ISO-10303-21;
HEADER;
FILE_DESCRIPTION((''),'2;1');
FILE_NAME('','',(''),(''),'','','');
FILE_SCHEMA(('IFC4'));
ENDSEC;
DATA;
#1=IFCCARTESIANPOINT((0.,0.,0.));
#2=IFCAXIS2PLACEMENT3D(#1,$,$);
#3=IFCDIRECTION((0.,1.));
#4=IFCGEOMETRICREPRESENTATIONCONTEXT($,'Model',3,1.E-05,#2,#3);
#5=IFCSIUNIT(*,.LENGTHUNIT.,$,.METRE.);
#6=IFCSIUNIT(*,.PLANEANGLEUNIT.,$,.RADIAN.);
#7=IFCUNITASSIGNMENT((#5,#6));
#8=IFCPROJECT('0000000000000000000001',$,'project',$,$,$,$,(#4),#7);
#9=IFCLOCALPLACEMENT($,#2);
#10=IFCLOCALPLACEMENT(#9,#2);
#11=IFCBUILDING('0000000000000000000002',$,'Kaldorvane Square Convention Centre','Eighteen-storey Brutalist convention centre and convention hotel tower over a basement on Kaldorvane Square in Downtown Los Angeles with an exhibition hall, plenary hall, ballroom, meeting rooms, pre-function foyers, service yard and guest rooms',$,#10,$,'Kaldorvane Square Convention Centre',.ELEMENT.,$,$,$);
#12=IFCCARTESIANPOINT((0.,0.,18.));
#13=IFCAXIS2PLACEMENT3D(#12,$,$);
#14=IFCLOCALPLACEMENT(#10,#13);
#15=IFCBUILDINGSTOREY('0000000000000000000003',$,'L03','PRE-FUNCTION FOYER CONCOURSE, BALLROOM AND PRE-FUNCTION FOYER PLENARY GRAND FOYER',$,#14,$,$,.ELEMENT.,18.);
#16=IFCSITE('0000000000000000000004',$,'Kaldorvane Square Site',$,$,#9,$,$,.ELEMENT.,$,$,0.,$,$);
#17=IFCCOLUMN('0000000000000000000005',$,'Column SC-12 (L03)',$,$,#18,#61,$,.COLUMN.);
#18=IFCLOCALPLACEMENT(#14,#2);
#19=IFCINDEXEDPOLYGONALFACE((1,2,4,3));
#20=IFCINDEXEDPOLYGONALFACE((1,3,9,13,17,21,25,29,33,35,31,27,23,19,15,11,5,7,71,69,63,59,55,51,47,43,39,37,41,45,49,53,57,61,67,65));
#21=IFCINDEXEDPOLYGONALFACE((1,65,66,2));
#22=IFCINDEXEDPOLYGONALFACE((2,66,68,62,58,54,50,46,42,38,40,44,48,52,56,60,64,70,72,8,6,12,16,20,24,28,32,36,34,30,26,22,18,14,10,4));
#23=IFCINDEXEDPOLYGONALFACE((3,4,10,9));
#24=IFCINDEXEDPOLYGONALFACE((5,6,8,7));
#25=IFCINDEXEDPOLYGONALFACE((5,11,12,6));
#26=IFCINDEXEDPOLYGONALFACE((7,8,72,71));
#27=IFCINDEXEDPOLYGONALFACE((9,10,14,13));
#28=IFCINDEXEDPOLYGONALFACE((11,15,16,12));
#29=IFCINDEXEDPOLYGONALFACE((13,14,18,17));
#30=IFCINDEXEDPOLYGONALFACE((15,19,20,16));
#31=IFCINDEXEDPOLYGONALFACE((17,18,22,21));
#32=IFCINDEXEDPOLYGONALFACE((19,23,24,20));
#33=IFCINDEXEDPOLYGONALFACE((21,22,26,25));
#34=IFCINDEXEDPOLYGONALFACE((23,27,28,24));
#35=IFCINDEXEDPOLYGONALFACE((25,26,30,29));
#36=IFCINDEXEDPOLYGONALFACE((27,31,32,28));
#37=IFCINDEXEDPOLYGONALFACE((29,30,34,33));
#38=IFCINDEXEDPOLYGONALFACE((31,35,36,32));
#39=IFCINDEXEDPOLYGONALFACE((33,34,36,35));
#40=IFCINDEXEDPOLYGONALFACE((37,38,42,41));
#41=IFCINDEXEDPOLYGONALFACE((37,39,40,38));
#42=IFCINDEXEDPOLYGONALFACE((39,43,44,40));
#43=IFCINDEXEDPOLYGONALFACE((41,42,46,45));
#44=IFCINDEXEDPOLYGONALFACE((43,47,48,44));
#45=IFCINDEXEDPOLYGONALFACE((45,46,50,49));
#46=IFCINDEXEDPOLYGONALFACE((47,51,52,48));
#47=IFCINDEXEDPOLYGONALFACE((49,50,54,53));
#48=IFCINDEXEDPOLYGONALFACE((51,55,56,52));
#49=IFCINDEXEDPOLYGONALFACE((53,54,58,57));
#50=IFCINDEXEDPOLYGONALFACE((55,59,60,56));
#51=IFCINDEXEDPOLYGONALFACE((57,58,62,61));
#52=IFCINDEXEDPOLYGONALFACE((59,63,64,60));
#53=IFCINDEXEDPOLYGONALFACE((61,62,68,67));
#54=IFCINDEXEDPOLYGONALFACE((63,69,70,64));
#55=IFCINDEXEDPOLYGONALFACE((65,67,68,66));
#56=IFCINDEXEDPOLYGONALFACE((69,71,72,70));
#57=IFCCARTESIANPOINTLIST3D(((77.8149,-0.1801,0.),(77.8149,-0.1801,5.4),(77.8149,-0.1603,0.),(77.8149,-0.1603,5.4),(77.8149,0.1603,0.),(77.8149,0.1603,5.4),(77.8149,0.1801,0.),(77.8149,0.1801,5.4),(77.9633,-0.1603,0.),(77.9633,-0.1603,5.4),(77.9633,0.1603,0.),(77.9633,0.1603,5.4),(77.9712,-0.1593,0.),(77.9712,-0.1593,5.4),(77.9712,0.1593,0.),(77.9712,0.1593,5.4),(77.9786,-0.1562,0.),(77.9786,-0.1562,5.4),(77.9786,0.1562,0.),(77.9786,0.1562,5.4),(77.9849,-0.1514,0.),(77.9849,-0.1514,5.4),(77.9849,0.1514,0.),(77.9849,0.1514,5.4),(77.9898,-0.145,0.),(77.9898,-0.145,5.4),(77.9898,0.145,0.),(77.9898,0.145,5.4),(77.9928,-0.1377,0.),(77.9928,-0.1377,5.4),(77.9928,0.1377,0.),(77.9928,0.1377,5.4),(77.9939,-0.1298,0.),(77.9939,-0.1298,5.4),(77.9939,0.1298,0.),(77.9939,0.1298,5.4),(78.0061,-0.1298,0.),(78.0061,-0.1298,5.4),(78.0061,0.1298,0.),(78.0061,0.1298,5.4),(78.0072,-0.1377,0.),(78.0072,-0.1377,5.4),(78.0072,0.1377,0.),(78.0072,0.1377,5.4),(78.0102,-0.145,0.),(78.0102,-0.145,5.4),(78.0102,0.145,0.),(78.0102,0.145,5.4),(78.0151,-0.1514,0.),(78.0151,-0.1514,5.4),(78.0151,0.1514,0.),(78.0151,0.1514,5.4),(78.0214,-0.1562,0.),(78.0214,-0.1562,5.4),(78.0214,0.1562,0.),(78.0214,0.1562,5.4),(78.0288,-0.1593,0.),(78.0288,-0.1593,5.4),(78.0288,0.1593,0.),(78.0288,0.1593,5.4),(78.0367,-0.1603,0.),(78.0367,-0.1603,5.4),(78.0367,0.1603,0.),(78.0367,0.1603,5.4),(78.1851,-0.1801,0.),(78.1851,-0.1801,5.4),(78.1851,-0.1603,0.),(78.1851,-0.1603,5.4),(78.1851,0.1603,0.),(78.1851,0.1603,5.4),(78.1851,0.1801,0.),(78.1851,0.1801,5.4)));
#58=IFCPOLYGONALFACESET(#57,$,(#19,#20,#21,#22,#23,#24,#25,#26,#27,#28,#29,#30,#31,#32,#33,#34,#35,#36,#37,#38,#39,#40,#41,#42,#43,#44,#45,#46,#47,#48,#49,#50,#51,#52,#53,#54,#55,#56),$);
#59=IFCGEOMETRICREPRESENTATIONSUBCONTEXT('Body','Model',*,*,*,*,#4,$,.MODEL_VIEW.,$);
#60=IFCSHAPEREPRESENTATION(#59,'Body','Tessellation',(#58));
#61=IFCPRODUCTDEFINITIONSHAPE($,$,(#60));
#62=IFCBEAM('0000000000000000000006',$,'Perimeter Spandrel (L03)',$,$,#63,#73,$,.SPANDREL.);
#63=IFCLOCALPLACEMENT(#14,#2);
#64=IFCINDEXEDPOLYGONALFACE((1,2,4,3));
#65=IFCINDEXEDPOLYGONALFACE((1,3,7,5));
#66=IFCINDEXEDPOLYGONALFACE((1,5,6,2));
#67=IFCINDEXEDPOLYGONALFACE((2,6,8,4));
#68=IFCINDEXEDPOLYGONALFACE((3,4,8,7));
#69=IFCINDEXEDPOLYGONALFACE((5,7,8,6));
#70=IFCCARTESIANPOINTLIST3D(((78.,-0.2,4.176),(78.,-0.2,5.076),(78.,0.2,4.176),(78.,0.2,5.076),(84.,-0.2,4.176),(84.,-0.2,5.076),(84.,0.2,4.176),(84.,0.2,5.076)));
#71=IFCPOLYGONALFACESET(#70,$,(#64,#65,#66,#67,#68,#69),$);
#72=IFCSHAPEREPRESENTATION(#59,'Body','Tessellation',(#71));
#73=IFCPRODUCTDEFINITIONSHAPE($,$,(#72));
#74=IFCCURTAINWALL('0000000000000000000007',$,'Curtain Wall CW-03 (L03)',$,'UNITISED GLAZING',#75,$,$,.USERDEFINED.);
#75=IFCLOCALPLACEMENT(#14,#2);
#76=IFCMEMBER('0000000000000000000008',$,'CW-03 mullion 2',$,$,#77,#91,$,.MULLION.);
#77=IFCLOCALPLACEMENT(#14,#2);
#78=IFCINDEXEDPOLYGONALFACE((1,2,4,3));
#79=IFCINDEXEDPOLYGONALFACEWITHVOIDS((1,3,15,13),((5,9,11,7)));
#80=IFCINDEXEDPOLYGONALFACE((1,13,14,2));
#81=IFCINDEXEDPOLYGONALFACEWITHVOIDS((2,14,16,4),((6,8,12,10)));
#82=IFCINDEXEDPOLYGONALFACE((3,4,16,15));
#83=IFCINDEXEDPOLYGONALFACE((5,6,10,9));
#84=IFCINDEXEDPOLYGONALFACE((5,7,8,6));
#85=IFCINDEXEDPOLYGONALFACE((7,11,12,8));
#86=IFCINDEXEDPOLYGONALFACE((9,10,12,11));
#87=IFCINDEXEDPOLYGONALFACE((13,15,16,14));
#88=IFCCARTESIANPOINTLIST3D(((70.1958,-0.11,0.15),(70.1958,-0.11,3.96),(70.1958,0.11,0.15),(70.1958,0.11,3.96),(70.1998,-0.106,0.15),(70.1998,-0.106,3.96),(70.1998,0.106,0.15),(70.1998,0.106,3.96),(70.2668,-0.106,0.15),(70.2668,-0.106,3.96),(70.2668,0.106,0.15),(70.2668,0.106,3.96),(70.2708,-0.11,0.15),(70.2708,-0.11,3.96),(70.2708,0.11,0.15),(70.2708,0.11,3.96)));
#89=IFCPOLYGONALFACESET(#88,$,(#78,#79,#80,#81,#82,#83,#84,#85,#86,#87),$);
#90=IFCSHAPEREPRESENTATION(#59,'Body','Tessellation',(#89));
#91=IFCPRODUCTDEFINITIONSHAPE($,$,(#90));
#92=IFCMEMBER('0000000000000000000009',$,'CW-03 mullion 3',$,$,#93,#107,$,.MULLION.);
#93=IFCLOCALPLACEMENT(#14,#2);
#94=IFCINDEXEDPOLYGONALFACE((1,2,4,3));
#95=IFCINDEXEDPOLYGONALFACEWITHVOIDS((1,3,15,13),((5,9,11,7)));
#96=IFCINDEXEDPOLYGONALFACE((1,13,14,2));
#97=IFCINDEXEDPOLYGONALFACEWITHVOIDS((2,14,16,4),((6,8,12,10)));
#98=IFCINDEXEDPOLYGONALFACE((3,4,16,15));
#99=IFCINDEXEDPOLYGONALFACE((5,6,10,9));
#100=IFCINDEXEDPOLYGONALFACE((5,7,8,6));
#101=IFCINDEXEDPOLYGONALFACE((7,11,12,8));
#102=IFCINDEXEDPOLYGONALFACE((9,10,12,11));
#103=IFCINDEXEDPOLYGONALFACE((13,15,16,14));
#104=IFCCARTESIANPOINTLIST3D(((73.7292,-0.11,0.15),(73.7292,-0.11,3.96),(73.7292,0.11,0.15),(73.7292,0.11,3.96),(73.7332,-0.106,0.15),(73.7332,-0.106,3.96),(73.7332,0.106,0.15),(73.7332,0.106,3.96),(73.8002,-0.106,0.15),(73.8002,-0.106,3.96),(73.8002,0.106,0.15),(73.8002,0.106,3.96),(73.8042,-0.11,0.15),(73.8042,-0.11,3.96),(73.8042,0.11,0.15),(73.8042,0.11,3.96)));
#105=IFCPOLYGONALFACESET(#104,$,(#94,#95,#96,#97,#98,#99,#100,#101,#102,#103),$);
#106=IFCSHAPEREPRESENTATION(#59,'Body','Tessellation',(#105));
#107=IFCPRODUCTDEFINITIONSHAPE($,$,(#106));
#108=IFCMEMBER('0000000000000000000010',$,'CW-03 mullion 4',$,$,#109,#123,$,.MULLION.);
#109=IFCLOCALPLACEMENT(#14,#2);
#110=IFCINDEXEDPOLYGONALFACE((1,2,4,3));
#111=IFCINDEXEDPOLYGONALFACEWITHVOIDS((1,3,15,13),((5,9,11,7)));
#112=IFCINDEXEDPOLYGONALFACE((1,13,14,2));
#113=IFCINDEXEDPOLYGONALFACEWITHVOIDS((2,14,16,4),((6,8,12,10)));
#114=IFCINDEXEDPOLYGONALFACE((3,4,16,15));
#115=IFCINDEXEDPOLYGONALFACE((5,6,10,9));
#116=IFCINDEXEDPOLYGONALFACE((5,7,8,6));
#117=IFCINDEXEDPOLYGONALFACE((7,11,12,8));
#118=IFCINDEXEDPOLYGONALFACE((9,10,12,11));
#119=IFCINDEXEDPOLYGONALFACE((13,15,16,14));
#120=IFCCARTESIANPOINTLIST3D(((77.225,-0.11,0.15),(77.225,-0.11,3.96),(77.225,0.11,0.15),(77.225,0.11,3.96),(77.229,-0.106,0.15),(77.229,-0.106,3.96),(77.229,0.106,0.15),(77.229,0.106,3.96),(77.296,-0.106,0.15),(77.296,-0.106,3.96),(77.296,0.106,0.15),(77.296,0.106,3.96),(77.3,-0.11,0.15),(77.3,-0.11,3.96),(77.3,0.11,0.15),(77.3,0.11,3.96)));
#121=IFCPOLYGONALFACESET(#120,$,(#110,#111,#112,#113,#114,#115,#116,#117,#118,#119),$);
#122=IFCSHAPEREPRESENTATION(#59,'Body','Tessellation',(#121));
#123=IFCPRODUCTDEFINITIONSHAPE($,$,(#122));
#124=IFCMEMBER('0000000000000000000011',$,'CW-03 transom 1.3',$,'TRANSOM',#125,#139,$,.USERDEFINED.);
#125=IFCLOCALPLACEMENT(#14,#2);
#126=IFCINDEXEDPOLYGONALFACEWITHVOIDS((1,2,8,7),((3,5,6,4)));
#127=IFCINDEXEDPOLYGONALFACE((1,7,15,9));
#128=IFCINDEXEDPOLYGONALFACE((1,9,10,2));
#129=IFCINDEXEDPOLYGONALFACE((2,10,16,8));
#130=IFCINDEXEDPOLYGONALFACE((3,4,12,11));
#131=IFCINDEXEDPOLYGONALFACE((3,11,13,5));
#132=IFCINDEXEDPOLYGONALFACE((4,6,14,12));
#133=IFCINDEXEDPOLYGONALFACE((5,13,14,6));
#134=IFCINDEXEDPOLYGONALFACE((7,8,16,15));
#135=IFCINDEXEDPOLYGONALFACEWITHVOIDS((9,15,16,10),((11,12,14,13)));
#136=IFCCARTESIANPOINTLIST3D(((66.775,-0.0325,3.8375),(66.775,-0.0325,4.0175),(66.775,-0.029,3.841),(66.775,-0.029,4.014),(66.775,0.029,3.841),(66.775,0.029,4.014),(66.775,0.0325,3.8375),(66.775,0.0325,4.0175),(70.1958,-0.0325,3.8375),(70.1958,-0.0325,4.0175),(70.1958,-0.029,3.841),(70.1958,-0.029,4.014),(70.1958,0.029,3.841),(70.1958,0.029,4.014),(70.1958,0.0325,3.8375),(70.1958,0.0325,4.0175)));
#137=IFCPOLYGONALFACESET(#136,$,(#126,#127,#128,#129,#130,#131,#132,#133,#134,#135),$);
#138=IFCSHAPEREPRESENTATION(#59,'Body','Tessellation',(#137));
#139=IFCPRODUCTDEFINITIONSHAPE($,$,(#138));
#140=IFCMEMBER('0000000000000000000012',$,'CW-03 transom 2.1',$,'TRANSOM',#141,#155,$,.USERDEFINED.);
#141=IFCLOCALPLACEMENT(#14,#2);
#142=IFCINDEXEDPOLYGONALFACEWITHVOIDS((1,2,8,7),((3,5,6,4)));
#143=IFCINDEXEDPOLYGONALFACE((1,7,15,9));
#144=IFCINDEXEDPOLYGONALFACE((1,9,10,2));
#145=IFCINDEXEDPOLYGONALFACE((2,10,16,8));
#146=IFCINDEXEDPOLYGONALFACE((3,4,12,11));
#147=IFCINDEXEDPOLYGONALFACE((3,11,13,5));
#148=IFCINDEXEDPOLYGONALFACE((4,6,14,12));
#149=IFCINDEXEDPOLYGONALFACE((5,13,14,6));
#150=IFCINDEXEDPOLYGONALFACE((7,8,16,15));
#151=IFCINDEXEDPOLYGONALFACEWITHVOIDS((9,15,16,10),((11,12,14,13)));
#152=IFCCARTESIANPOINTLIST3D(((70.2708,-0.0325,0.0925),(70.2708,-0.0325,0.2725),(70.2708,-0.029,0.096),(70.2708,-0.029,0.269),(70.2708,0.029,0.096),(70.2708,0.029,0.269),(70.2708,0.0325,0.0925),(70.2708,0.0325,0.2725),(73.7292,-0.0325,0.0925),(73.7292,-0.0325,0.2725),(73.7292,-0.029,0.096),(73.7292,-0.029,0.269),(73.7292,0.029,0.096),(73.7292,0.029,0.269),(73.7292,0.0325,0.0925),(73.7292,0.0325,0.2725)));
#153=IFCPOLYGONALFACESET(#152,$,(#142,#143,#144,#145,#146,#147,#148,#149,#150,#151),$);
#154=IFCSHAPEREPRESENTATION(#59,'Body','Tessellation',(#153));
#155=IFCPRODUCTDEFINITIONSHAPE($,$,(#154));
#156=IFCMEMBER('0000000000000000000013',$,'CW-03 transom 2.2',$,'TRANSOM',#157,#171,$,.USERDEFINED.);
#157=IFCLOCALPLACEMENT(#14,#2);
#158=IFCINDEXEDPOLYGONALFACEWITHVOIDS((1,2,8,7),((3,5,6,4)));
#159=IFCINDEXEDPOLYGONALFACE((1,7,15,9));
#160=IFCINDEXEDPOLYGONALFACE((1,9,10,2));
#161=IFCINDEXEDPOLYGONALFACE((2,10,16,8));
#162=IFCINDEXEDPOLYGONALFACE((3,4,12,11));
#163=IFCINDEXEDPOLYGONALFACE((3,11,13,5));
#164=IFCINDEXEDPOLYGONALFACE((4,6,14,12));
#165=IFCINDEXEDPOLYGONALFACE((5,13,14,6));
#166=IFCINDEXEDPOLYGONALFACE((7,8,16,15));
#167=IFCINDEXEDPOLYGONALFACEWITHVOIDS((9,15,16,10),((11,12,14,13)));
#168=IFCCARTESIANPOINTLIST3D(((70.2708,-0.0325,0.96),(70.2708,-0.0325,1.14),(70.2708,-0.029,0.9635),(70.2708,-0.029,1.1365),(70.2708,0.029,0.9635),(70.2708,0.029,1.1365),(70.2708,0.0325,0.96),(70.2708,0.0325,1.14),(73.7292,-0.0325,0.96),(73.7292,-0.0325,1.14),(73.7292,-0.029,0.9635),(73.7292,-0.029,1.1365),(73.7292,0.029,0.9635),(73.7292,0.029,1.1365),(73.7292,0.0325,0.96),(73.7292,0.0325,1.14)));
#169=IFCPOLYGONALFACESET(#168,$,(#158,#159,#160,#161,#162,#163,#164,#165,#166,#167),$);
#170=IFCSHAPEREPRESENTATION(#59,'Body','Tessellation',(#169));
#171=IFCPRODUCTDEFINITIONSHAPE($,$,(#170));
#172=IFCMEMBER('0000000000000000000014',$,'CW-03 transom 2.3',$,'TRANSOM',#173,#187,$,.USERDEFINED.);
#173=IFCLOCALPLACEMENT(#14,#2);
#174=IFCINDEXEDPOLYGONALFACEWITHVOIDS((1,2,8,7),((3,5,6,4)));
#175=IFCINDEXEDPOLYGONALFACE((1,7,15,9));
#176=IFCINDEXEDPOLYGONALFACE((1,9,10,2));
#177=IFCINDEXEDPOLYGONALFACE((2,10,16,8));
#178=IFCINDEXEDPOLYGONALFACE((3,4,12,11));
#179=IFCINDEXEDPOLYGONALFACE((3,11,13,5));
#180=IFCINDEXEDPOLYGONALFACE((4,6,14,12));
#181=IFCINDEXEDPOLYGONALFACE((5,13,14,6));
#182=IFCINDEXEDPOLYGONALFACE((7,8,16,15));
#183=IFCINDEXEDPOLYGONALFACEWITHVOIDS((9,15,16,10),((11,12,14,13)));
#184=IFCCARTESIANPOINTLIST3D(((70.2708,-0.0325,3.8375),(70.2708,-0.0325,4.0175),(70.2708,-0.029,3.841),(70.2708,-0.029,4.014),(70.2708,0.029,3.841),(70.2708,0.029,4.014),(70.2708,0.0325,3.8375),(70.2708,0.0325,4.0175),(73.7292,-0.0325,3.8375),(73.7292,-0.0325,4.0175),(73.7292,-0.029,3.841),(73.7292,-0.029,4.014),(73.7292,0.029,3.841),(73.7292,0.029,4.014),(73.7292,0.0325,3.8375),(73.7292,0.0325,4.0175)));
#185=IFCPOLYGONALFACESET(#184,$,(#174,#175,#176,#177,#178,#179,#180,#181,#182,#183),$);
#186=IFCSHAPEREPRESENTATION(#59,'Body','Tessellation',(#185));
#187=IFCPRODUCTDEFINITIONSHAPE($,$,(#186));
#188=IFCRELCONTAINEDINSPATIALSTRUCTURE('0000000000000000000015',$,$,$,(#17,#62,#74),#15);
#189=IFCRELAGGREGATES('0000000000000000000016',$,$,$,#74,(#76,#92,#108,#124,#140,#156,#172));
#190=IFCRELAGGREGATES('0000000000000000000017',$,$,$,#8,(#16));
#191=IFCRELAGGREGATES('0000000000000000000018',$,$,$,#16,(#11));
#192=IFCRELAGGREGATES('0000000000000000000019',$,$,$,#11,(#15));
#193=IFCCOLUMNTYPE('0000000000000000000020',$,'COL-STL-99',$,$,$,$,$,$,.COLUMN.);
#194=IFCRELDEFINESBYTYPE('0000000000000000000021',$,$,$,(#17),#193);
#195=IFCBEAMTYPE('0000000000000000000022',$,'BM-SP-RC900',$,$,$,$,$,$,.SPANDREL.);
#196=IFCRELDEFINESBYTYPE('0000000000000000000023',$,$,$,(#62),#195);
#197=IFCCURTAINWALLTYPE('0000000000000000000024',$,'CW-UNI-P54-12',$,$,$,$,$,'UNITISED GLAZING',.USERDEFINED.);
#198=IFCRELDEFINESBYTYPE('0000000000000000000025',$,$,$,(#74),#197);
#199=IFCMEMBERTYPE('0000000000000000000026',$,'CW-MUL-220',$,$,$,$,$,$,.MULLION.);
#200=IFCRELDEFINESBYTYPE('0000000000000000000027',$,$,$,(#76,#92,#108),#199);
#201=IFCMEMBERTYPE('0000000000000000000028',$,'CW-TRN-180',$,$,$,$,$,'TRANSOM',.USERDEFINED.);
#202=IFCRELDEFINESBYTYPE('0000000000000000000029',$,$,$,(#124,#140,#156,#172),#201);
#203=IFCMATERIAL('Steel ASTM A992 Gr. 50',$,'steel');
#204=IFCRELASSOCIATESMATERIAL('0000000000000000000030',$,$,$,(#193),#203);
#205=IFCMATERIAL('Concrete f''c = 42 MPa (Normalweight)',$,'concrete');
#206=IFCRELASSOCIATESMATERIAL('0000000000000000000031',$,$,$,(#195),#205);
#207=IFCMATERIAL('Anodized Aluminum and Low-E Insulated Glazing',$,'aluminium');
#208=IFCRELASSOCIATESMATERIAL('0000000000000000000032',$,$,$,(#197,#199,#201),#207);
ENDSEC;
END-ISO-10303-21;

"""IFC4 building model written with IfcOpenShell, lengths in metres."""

from ifc_helpers import new_model, si_unit, direction, frame, origin, origin_2d, place, context, subcontext, project, spatial, rectangle, hollow_rectangle, i_section, extrude, material, material_profile, profile_set, type_object, element, aggregate, save


model = new_model("IFC4")

# Units and contexts
model_context = context("Model", 3, precision=1e-05, world=origin(), true_north=direction((0.0, 1.0)))
body_context = subcontext(model_context, "Body", "Model", "MODEL_VIEW")
ifc_project = project(units=[si_unit("LENGTHUNIT", "METRE"), si_unit("PLANEANGLEUNIT", "RADIAN")], contexts=[model_context])

# Site, building, storey
site_placement = place(None, origin())
site = spatial("IfcSite", under=ifc_project, at=site_placement, Name="Kaldorvane Square Site", CompositionType="ELEMENT", RefElevation=0.0)
building_placement = place(site_placement, origin())
building = spatial("IfcBuilding", under=site, at=building_placement, Name="Kaldorvane Square Convention Centre", Description="Eighteen-storey Brutalist convention centre and convention hotel tower over a basement on Kaldorvane Square in Downtown Los Angeles with an exhibition hall, plenary hall, ballroom, meeting rooms, pre-function foyers, service yard and guest rooms", LongName="Kaldorvane Square Convention Centre", CompositionType="ELEMENT")
storey_placement = place(building_placement, frame((0.0, 0.0, 18.0)))
storey = spatial("IfcBuildingStorey", under=building, at=storey_placement, Name="L03", Description="PRE-FUNCTION FOYER CONCOURSE, BALLROOM AND PRE-FUNCTION FOYER PLENARY GRAND FOYER", CompositionType="ELEMENT", Elevation=18.0)

# Column
ifc_material_1 = material(Name="Steel ASTM A992 Gr. 50", Category="steel")
ifc_material_profile_1 = material_profile(ifc_material_1, i_section(OverallWidth=0.3701, OverallDepth=0.3602, WebThickness=0.0123, FlangeThickness=0.0198, FilletRadius=0.0305, at=origin_2d()), Name="W14X99")
ifc_profile_set_1 = profile_set([ifc_material_profile_1], Name="Steel ASTM A992 Gr. 50")
column_type = type_object("IfcColumnType", Name="COL-STL-99", PredefinedType="COLUMN", material=ifc_profile_set_1)
column_placement = place(storey_placement, frame((78.0, 0.0, 0.0), z_axis=(0.0, 0.0, 1.0), x_axis=(1.0, 0.0, 0.0)))
element("IfcColumn", 1, at=column_placement, inside=storey, type_object=column_type, Name="Column SC-12 (L03)", PredefinedType="COLUMN", context=body_context, shape_type="SweptSolid", body=[
    extrude(i_section(OverallWidth=0.3701, OverallDepth=0.3602, WebThickness=0.0123, FlangeThickness=0.0198, FilletRadius=0.0305, at=origin_2d()), origin(), (0.0, 0.0, 1.0), 5.4),
])

# Beam
ifc_material_2 = material(Name="Concrete f'c = 42 MPa (Normalweight)", Category="concrete")
ifc_material_profile_2 = material_profile(ifc_material_2, rectangle(XDim=0.4, YDim=0.9, at=origin_2d()), Name="RCSP900X400")
ifc_profile_set_2 = profile_set([ifc_material_profile_2], Name="Concrete f'c = 42 MPa (Normalweight)")
beam_type = type_object("IfcBeamType", Name="BM-SP-RC900", PredefinedType="SPANDREL", material=ifc_profile_set_2)
beam_placement = place(storey_placement, frame((78.0, 0.0, 4.626), z_axis=(1.0, 0.0, 0.0), x_axis=(0.0, 1.0, 0.0)))
element("IfcBeam", 2, at=beam_placement, inside=storey, type_object=beam_type, Name="Perimeter Spandrel (L03)", PredefinedType="SPANDREL", context=body_context, shape_type="SweptSolid", body=[
    extrude(rectangle(XDim=0.4, YDim=0.9, at=origin_2d()), origin(), (0.0, 0.0, 1.0), 6.0),
])

# Curtain wall, members
ifc_material_3 = material(Name="Anodized Aluminum and Low-E Insulated Glazing", Category="aluminium")
curtain_wall_type = type_object("IfcCurtainWallType", Name="CW-UNI-P54-12", ElementType="UNITISED GLAZING", PredefinedType="USERDEFINED", material=ifc_material_3)
curtain_wall_placement = place(storey_placement, origin())
curtain_wall = element("IfcCurtainWall", 3, at=curtain_wall_placement, inside=storey, type_object=curtain_wall_type, Name="Curtain Wall CW-03 (L03)", ObjectType="UNITISED GLAZING", PredefinedType="USERDEFINED")
ifc_material_profile_3 = material_profile(ifc_material_3, hollow_rectangle(XDim=0.075, YDim=0.22, WallThickness=0.004, at=origin_2d()), Name="CWM-220X75")
ifc_profile_set_3 = profile_set([ifc_material_profile_3], Name="Anodized Aluminum and Low-E Insulated Glazing")
member_type_1 = type_object("IfcMemberType", Name="CW-MUL-220", PredefinedType="MULLION", material=ifc_profile_set_3)
member_1_placement = place(storey_placement, frame((70.2333, 0.0, 0.15), z_axis=(0.0, 0.0, 1.0), x_axis=(1.0, 0.0, 0.0)))
member_1 = element("IfcMember", 4, at=member_1_placement, type_object=member_type_1, Name="CW-03 mullion 2", PredefinedType="MULLION", context=body_context, shape_type="SweptSolid", body=[
    extrude(hollow_rectangle(XDim=0.075, YDim=0.22, WallThickness=0.004, at=origin_2d()), origin(), (0.0, 0.0, 1.0), 3.81),
])
member_2_placement = place(storey_placement, frame((73.7667, 0.0, 0.15), z_axis=(0.0, 0.0, 1.0), x_axis=(1.0, 0.0, 0.0)))
member_2 = element("IfcMember", 5, at=member_2_placement, type_object=member_type_1, Name="CW-03 mullion 3", PredefinedType="MULLION", context=body_context, shape_type="SweptSolid", body=[
    extrude(hollow_rectangle(XDim=0.075, YDim=0.22, WallThickness=0.004, at=origin_2d()), origin(), (0.0, 0.0, 1.0), 3.81),
])
member_3_placement = place(storey_placement, frame((77.2625, 0.0, 0.15), z_axis=(0.0, 0.0, 1.0), x_axis=(1.0, 0.0, 0.0)))
member_3 = element("IfcMember", 6, at=member_3_placement, type_object=member_type_1, Name="CW-03 mullion 4", PredefinedType="MULLION", context=body_context, shape_type="SweptSolid", body=[
    extrude(hollow_rectangle(XDim=0.075, YDim=0.22, WallThickness=0.004, at=origin_2d()), origin(), (0.0, 0.0, 1.0), 3.81),
])
ifc_material_profile_4 = material_profile(ifc_material_3, hollow_rectangle(XDim=0.065, YDim=0.18, WallThickness=0.0035, at=origin_2d()), Name="CWT-180X65")
ifc_profile_set_4 = profile_set([ifc_material_profile_4], Name="Anodized Aluminum and Low-E Insulated Glazing")
member_type_2 = type_object("IfcMemberType", Name="CW-TRN-180", ElementType="TRANSOM", PredefinedType="USERDEFINED", material=ifc_profile_set_4)
member_4_placement = place(storey_placement, frame((66.775, 0.0, 3.9275), z_axis=(1.0, 0.0, 0.0), x_axis=(0.0, 1.0, 0.0)))
member_4 = element("IfcMember", 7, at=member_4_placement, type_object=member_type_2, Name="CW-03 transom 1.3", ObjectType="TRANSOM", PredefinedType="USERDEFINED", context=body_context, shape_type="SweptSolid", body=[
    extrude(hollow_rectangle(XDim=0.065, YDim=0.18, WallThickness=0.0035, at=origin_2d()), origin(), (0.0, 0.0, 1.0), 3.4208),
])
member_5_placement = place(storey_placement, frame((70.2708, 0.0, 0.1825), z_axis=(1.0, 0.0, 0.0), x_axis=(0.0, 1.0, 0.0)))
member_5 = element("IfcMember", 8, at=member_5_placement, type_object=member_type_2, Name="CW-03 transom 2.1", ObjectType="TRANSOM", PredefinedType="USERDEFINED", context=body_context, shape_type="SweptSolid", body=[
    extrude(hollow_rectangle(XDim=0.065, YDim=0.18, WallThickness=0.0035, at=origin_2d()), origin(), (0.0, 0.0, 1.0), 3.4583),
])
member_6_placement = place(storey_placement, frame((70.2708, 0.0, 1.05), z_axis=(1.0, 0.0, 0.0), x_axis=(0.0, 1.0, 0.0)))
member_6 = element("IfcMember", 9, at=member_6_placement, type_object=member_type_2, Name="CW-03 transom 2.2", ObjectType="TRANSOM", PredefinedType="USERDEFINED", context=body_context, shape_type="SweptSolid", body=[
    extrude(hollow_rectangle(XDim=0.065, YDim=0.18, WallThickness=0.0035, at=origin_2d()), origin(), (0.0, 0.0, 1.0), 3.4583),
])
member_7_placement = place(storey_placement, frame((70.2708, 0.0, 3.9275), z_axis=(1.0, 0.0, 0.0), x_axis=(0.0, 1.0, 0.0)))
member_7 = element("IfcMember", 10, at=member_7_placement, type_object=member_type_2, Name="CW-03 transom 2.3", ObjectType="TRANSOM", PredefinedType="USERDEFINED", context=body_context, shape_type="SweptSolid", body=[
    extrude(hollow_rectangle(XDim=0.065, YDim=0.18, WallThickness=0.0035, at=origin_2d()), origin(), (0.0, 0.0, 1.0), 3.4583),
])
aggregate(curtain_wall, [member_1, member_2, member_3, member_4, member_5, member_6, member_7])

save(model, "model.ifc")
